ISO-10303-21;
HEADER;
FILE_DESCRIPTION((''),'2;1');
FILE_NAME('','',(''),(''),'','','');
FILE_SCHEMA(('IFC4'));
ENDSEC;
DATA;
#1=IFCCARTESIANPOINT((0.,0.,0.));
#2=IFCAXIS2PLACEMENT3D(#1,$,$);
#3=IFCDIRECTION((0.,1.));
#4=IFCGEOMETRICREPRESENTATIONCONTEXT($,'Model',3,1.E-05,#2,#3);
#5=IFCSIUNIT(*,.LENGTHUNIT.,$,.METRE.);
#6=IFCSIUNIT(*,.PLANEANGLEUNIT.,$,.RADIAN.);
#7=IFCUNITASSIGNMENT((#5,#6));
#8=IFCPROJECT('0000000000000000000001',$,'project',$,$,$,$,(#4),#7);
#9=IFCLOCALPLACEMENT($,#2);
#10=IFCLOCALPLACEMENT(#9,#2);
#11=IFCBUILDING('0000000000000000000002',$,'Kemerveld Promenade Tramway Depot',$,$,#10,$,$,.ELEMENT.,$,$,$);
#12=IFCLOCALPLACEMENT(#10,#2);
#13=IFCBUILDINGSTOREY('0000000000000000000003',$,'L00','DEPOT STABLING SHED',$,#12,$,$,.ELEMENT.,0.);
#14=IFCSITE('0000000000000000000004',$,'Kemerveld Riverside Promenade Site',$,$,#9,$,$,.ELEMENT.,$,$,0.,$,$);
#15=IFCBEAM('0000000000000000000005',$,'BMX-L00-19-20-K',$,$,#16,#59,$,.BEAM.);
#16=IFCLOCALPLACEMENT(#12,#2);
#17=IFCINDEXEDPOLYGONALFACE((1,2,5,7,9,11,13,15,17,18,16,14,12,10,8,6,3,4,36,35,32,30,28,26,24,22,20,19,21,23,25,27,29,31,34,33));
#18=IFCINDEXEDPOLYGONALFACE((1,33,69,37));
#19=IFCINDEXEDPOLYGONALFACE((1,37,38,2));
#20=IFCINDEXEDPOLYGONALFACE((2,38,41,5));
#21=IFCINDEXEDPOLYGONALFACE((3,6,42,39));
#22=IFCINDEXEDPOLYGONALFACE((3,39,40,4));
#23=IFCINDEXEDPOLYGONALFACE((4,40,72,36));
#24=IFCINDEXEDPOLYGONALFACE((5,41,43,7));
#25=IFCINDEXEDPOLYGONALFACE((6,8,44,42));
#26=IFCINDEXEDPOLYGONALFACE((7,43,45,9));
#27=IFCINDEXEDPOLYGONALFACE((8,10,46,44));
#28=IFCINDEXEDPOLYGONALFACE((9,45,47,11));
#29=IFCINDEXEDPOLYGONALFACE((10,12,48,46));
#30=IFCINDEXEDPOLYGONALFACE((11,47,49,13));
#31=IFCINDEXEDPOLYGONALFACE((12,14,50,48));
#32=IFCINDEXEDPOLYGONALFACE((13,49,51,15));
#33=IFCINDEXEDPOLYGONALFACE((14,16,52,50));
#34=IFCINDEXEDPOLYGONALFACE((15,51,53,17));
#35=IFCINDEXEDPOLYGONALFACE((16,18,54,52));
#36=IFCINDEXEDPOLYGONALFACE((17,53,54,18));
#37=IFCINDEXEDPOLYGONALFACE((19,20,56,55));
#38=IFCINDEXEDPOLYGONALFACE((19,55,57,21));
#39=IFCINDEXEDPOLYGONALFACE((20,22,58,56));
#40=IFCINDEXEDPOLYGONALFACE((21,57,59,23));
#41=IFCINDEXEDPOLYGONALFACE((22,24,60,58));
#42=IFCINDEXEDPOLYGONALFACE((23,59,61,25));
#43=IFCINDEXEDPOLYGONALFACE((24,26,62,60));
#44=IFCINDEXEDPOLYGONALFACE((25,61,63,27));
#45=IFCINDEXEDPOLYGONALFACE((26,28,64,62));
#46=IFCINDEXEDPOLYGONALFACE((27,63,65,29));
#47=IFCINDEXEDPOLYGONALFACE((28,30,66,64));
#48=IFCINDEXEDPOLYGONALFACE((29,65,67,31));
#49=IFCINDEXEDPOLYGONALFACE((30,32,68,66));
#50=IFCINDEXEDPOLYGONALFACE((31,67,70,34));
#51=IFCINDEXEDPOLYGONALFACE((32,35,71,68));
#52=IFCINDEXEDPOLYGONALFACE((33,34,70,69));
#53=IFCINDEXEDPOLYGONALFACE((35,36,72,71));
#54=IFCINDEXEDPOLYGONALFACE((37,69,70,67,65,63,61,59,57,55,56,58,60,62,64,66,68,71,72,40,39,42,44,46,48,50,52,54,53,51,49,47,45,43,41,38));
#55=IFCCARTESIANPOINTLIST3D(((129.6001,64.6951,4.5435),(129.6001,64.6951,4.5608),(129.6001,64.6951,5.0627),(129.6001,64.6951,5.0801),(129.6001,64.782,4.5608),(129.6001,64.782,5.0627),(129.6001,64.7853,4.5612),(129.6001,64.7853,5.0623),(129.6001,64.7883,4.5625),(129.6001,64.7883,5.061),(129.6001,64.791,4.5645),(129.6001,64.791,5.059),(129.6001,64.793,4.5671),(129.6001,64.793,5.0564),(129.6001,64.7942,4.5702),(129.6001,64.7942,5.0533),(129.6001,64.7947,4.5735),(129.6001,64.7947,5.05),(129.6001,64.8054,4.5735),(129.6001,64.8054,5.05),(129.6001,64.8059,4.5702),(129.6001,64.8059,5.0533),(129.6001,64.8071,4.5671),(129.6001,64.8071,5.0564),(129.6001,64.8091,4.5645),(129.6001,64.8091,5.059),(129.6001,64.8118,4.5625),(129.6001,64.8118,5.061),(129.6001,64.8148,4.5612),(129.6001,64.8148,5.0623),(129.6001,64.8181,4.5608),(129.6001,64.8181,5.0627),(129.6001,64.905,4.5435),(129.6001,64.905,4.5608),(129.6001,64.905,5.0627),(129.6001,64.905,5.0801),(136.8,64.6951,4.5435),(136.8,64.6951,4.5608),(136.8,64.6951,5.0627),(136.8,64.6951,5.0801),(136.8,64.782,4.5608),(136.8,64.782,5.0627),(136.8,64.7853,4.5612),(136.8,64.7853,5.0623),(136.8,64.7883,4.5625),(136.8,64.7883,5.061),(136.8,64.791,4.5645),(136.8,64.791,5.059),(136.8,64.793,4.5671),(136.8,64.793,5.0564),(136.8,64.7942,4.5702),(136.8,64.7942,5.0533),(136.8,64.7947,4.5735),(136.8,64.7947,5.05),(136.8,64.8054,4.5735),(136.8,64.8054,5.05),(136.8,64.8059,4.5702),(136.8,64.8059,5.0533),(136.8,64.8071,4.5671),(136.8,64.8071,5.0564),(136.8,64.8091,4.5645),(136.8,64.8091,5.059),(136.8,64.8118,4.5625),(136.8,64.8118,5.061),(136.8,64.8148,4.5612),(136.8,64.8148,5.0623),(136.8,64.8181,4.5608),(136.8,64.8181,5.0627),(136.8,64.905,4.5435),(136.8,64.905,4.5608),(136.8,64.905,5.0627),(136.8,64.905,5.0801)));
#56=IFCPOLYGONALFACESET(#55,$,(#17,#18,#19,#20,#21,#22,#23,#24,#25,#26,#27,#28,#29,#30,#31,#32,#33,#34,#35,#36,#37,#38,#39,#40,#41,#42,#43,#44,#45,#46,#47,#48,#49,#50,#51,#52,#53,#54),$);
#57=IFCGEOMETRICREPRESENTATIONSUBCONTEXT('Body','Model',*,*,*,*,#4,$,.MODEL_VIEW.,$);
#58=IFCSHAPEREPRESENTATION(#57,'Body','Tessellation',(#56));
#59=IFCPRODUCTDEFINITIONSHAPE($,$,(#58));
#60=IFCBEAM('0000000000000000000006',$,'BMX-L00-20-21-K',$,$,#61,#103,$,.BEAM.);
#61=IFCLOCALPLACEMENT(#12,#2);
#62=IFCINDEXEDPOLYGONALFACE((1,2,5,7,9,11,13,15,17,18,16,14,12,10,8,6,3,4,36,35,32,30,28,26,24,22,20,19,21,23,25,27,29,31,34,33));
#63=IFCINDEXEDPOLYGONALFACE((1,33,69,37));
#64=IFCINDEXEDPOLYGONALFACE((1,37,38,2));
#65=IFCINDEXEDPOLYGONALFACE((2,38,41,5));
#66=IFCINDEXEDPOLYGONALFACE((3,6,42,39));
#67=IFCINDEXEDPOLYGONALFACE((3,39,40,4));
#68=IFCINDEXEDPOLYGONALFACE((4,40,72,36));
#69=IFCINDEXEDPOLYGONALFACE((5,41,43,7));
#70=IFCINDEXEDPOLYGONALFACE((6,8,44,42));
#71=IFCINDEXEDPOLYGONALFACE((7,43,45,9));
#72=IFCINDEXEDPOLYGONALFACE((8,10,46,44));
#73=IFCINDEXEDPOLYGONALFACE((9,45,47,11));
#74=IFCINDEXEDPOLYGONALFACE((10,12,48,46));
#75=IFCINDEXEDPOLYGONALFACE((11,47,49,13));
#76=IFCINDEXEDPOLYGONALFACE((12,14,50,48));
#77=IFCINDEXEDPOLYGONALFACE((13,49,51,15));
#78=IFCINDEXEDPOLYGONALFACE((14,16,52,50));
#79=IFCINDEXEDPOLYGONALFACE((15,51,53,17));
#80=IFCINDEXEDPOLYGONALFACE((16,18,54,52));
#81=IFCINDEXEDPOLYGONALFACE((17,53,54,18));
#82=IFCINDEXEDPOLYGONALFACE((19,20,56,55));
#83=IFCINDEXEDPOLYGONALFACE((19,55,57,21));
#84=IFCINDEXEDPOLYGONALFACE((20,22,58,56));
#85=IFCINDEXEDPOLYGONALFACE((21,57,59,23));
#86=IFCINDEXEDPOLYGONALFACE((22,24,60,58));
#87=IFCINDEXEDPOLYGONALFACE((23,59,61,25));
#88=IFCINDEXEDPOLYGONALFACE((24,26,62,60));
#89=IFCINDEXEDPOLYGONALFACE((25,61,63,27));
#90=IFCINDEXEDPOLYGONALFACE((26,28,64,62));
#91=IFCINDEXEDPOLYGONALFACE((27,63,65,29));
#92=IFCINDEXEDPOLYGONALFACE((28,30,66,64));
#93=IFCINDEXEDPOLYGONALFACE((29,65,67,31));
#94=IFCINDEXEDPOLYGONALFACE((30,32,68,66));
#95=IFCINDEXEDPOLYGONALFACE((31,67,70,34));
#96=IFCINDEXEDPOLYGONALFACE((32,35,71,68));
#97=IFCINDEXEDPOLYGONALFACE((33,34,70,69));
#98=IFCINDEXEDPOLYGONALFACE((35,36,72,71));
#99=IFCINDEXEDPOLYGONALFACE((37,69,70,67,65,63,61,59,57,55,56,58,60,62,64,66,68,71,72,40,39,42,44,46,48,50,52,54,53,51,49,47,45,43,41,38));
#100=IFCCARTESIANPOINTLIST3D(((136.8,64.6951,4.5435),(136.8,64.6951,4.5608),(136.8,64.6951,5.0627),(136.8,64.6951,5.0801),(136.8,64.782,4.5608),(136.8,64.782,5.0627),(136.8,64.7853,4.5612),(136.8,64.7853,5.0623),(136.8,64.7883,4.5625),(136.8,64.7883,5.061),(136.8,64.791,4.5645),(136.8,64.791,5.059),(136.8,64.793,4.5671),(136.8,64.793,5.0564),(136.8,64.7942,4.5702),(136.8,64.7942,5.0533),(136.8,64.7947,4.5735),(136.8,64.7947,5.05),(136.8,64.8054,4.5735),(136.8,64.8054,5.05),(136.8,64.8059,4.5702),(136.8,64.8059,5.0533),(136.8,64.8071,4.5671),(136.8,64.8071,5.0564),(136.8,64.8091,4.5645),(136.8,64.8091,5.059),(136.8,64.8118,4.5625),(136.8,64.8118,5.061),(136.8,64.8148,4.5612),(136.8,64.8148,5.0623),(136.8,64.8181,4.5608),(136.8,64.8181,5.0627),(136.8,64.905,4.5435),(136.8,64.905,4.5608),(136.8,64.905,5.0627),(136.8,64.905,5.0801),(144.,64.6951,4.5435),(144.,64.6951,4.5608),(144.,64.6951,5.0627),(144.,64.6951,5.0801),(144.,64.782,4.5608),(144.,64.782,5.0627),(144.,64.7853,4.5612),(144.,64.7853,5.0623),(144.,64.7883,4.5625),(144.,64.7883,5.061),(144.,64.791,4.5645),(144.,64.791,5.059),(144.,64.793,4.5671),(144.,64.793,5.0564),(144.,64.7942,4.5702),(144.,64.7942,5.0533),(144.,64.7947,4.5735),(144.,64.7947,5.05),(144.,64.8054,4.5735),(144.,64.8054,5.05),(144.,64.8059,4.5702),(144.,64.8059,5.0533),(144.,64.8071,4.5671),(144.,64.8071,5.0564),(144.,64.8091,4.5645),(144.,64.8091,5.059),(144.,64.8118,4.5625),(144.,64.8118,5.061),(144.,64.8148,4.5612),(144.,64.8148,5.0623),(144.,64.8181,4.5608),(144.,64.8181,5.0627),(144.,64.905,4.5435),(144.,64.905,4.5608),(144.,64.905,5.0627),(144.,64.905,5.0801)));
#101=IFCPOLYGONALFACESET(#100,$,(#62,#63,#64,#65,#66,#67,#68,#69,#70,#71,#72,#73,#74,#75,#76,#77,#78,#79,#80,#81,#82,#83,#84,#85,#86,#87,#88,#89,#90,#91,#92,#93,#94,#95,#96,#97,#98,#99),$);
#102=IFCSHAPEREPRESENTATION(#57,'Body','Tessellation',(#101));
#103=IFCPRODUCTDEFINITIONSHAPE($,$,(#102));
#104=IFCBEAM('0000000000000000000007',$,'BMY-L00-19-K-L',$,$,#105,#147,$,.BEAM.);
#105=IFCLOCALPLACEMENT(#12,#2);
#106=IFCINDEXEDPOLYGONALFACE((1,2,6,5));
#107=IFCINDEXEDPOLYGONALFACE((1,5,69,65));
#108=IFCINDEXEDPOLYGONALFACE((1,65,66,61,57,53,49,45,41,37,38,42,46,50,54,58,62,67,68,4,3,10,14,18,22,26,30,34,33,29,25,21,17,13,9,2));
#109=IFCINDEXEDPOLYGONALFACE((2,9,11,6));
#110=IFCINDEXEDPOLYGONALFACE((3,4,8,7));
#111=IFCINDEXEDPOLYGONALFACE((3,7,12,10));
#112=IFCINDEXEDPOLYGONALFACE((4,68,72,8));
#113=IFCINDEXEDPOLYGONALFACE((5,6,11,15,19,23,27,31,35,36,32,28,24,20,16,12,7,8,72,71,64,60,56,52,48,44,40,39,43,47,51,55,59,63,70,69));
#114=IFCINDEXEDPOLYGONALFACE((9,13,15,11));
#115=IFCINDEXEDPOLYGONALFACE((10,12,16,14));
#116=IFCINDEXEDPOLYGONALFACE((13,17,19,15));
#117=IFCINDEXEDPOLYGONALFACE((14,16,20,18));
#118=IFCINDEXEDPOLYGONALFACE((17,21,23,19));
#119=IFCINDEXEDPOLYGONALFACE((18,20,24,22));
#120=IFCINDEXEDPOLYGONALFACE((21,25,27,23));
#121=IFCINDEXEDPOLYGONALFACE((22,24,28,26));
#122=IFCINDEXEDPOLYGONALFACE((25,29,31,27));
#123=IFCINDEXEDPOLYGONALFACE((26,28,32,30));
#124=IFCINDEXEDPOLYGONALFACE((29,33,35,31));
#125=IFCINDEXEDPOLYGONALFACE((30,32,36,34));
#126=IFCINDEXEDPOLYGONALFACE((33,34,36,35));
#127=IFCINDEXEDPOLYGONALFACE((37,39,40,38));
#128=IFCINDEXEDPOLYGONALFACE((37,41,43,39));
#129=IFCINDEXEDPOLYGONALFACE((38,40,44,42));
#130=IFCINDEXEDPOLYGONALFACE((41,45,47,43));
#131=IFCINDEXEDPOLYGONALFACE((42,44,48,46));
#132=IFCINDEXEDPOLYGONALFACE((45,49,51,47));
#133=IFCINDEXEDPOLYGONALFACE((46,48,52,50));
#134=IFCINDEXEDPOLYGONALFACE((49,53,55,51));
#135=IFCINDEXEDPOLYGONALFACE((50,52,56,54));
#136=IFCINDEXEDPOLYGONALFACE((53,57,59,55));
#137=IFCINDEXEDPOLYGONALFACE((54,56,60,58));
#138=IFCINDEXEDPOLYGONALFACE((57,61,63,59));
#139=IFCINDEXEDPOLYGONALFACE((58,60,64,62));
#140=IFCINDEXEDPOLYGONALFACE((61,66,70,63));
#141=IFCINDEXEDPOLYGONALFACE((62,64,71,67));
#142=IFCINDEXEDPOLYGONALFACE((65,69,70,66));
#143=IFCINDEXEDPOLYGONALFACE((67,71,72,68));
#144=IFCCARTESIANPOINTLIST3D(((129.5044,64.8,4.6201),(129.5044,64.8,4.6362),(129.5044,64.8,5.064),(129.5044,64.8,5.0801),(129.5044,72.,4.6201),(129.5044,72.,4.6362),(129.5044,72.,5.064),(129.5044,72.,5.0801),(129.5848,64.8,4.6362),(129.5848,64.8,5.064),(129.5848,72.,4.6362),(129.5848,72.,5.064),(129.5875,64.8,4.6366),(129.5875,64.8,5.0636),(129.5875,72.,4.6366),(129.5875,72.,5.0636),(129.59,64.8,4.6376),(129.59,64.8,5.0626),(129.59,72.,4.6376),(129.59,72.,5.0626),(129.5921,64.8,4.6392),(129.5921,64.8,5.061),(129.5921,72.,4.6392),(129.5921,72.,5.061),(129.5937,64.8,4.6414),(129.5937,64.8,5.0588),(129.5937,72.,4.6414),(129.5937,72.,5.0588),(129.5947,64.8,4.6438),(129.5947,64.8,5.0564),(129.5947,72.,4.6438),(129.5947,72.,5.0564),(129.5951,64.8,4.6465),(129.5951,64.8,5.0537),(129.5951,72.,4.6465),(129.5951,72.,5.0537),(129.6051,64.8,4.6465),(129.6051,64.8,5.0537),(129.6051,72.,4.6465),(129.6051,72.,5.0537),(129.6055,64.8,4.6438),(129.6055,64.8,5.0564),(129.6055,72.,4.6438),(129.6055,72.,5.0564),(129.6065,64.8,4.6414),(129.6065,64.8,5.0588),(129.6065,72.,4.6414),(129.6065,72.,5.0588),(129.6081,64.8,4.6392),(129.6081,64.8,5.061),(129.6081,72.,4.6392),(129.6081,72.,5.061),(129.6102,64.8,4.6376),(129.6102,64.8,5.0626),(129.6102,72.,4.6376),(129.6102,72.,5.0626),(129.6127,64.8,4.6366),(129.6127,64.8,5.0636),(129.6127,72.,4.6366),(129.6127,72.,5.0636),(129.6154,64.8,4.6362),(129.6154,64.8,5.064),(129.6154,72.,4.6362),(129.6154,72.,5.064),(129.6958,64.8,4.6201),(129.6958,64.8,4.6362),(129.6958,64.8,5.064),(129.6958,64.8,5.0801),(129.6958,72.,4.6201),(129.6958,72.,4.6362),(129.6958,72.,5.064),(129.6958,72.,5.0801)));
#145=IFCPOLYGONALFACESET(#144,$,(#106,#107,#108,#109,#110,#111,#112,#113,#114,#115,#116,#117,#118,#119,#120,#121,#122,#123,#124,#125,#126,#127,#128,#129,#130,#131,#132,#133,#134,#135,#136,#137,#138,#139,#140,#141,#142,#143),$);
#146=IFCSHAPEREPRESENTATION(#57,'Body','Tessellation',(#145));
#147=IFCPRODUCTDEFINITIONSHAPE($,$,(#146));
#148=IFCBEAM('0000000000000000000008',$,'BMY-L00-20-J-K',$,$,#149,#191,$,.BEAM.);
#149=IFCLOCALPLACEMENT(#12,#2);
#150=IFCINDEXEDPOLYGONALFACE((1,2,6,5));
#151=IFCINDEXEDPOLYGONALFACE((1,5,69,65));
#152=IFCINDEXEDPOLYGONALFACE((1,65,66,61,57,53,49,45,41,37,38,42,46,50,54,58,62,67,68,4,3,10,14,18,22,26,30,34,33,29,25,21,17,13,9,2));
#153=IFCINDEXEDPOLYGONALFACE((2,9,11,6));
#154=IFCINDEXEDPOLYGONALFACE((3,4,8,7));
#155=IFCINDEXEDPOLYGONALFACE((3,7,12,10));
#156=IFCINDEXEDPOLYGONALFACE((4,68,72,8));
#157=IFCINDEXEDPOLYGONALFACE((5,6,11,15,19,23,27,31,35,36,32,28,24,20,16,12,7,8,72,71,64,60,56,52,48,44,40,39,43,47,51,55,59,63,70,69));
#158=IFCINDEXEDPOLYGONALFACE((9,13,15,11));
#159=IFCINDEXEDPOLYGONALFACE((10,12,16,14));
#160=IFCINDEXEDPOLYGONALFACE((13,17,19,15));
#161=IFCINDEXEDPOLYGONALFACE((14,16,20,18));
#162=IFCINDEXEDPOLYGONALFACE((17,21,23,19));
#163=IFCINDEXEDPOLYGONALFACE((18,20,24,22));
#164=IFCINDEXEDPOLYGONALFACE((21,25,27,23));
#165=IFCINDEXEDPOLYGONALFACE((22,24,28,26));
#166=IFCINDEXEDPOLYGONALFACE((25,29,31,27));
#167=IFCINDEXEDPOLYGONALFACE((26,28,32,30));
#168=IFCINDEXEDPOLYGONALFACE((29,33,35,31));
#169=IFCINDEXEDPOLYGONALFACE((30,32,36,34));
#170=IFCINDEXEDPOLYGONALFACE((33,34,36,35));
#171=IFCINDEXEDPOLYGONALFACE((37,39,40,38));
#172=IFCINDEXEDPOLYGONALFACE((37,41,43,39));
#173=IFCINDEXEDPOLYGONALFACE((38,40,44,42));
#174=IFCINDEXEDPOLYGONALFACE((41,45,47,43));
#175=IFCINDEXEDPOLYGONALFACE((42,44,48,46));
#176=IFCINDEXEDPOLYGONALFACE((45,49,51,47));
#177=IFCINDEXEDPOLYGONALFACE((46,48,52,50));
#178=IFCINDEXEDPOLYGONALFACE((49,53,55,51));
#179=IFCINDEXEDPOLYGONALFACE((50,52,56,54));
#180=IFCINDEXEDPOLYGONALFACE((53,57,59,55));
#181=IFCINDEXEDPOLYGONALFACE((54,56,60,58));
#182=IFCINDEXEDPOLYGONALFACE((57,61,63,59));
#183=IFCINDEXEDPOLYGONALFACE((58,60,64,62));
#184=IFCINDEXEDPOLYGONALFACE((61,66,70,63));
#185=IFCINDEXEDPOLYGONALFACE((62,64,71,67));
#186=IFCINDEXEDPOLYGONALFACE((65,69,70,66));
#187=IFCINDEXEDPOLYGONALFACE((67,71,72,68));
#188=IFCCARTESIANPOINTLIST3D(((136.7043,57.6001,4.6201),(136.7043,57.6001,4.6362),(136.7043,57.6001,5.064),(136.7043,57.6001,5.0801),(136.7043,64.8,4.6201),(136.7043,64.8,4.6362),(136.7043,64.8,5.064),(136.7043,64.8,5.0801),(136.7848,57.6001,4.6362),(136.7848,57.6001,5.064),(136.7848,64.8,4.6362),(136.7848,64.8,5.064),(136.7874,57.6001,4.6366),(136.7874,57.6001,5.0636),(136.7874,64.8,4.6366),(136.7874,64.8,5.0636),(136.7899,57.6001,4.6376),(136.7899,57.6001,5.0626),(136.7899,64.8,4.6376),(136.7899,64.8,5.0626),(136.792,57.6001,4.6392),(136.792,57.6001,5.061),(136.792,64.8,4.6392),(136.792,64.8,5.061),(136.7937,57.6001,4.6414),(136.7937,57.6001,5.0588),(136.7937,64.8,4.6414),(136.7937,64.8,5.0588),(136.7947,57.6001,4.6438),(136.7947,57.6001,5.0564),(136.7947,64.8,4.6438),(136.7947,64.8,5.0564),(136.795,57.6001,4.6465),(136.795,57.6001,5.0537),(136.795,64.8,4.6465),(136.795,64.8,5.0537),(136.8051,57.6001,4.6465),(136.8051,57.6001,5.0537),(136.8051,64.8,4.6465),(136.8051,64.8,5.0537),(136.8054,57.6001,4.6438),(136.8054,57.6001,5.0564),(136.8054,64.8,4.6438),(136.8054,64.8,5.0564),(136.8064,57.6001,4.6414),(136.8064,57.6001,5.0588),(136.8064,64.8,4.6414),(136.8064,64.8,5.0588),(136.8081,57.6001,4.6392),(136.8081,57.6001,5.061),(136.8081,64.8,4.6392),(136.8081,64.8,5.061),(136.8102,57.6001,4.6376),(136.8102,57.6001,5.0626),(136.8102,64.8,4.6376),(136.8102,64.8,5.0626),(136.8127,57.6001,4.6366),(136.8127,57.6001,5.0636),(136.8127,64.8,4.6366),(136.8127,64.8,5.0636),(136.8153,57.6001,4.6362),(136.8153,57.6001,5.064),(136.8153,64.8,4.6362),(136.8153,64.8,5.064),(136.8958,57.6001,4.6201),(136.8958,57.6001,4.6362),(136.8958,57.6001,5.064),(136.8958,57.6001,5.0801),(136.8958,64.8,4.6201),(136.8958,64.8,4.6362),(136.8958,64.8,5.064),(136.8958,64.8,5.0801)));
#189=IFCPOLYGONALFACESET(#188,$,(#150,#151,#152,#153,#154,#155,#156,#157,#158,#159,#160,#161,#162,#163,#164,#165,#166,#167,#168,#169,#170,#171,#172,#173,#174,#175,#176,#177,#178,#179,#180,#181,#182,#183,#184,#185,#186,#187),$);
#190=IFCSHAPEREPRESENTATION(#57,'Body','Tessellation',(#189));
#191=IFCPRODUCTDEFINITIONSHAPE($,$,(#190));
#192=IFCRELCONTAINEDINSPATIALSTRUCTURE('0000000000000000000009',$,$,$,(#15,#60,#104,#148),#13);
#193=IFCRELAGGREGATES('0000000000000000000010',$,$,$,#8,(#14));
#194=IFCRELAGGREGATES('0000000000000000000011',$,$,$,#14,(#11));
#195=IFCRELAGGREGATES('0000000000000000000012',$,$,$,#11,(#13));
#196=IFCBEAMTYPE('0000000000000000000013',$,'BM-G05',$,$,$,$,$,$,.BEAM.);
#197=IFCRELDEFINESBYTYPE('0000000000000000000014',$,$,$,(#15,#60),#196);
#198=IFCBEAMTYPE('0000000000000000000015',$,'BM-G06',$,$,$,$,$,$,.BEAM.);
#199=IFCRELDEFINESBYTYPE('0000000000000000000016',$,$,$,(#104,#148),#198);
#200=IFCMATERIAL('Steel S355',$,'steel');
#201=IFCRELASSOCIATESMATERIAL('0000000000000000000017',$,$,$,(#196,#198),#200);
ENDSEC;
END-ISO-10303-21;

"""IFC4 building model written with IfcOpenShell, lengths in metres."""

from ifc_helpers import new_model, si_unit, direction, frame, origin, origin_2d, place, context, subcontext, project, spatial, i_section, extrude, material, material_profile, profile_set, type_object, element, save


model = new_model("IFC4")

# Units and contexts
model_context = context("Model", 3, precision=1e-05, world=origin(), true_north=direction((0.0, 1.0)))
body_context = subcontext(model_context, "Body", "Model", "MODEL_VIEW")
ifc_project = project(units=[si_unit("LENGTHUNIT", "METRE"), si_unit("PLANEANGLEUNIT", "RADIAN")], contexts=[model_context])

# Site, building, storey
site_placement = place(None, origin())
site = spatial("IfcSite", under=ifc_project, at=site_placement, Name="Kemerveld Riverside Promenade Site", CompositionType="ELEMENT", RefElevation=0.0)
building_placement = place(site_placement, origin())
building = spatial("IfcBuilding", under=site, at=building_placement, Name="Kemerveld Promenade Tramway Depot", CompositionType="ELEMENT")
storey_placement = place(building_placement, origin())
storey = spatial("IfcBuildingStorey", under=building, at=storey_placement, Name="L00", Description="DEPOT STABLING SHED", CompositionType="ELEMENT", Elevation=0.0)

# Beams
ifc_material_1 = material(Name="Steel S355", Category="steel")
ifc_material_profile_1 = material_profile(ifc_material_1, i_section(OverallWidth=0.21, OverallDepth=0.5366, WebThickness=0.0107, FlangeThickness=0.0173, FilletRadius=0.0127, at=origin_2d()), Name="533x210x101 UB")
ifc_profile_set_1 = profile_set([ifc_material_profile_1], Name="Steel S355")
beam_type_1 = type_object("IfcBeamType", Name="BM-G05", PredefinedType="BEAM", material=ifc_profile_set_1)
for number, where, z_axis, x_axis, name in (
    (1, (129.6001, 64.8, 4.8118), (1.0, 0.0, 0.0), (0.0, 1.0, 0.0), "BMX-L00-19-20-K"),
    (2, (136.8, 64.8, 4.8118), (1.0, 0.0, 0.0), (0.0, 1.0, 0.0), "BMX-L00-20-21-K"),
):
    element("IfcBeam", number, at=place(storey_placement, frame(where, z_axis=z_axis, x_axis=x_axis)), inside=storey, type_object=beam_type_1, Name=name, PredefinedType="BEAM", context=body_context, shape_type="SweptSolid", body=[
        extrude(i_section(OverallWidth=0.21, OverallDepth=0.5366, WebThickness=0.0107, FlangeThickness=0.0173, FilletRadius=0.0127, at=origin_2d()), origin(), (0.0, 0.0, 1.0), 7.2),
    ])
ifc_material_profile_2 = material_profile(ifc_material_1, i_section(OverallWidth=0.1914, OverallDepth=0.46, WebThickness=0.01, FlangeThickness=0.0161, FilletRadius=0.0103, at=origin_2d()), Name="457x191x82 UB")
ifc_profile_set_2 = profile_set([ifc_material_profile_2], Name="Steel S355")
beam_type_2 = type_object("IfcBeamType", Name="BM-G06", PredefinedType="BEAM", material=ifc_profile_set_2)
for number, where, z_axis, x_axis, name in (
    (3, (129.6001, 64.8, 4.8501), (0.0, 1.0, 0.0), (-1.0, 0.0, 0.0), "BMY-L00-19-K-L"),
    (4, (136.8, 57.6001, 4.8501), (0.0, 1.0, 0.0), (-1.0, 0.0, 0.0), "BMY-L00-20-J-K"),
):
    element("IfcBeam", number, at=place(storey_placement, frame(where, z_axis=z_axis, x_axis=x_axis)), inside=storey, type_object=beam_type_2, Name=name, PredefinedType="BEAM", context=body_context, shape_type="SweptSolid", body=[
        extrude(i_section(OverallWidth=0.1914, OverallDepth=0.46, WebThickness=0.01, FlangeThickness=0.0161, FilletRadius=0.0103, at=origin_2d()), origin(), (0.0, 0.0, 1.0), 7.2),
    ])

save(model, "model.ifc")
